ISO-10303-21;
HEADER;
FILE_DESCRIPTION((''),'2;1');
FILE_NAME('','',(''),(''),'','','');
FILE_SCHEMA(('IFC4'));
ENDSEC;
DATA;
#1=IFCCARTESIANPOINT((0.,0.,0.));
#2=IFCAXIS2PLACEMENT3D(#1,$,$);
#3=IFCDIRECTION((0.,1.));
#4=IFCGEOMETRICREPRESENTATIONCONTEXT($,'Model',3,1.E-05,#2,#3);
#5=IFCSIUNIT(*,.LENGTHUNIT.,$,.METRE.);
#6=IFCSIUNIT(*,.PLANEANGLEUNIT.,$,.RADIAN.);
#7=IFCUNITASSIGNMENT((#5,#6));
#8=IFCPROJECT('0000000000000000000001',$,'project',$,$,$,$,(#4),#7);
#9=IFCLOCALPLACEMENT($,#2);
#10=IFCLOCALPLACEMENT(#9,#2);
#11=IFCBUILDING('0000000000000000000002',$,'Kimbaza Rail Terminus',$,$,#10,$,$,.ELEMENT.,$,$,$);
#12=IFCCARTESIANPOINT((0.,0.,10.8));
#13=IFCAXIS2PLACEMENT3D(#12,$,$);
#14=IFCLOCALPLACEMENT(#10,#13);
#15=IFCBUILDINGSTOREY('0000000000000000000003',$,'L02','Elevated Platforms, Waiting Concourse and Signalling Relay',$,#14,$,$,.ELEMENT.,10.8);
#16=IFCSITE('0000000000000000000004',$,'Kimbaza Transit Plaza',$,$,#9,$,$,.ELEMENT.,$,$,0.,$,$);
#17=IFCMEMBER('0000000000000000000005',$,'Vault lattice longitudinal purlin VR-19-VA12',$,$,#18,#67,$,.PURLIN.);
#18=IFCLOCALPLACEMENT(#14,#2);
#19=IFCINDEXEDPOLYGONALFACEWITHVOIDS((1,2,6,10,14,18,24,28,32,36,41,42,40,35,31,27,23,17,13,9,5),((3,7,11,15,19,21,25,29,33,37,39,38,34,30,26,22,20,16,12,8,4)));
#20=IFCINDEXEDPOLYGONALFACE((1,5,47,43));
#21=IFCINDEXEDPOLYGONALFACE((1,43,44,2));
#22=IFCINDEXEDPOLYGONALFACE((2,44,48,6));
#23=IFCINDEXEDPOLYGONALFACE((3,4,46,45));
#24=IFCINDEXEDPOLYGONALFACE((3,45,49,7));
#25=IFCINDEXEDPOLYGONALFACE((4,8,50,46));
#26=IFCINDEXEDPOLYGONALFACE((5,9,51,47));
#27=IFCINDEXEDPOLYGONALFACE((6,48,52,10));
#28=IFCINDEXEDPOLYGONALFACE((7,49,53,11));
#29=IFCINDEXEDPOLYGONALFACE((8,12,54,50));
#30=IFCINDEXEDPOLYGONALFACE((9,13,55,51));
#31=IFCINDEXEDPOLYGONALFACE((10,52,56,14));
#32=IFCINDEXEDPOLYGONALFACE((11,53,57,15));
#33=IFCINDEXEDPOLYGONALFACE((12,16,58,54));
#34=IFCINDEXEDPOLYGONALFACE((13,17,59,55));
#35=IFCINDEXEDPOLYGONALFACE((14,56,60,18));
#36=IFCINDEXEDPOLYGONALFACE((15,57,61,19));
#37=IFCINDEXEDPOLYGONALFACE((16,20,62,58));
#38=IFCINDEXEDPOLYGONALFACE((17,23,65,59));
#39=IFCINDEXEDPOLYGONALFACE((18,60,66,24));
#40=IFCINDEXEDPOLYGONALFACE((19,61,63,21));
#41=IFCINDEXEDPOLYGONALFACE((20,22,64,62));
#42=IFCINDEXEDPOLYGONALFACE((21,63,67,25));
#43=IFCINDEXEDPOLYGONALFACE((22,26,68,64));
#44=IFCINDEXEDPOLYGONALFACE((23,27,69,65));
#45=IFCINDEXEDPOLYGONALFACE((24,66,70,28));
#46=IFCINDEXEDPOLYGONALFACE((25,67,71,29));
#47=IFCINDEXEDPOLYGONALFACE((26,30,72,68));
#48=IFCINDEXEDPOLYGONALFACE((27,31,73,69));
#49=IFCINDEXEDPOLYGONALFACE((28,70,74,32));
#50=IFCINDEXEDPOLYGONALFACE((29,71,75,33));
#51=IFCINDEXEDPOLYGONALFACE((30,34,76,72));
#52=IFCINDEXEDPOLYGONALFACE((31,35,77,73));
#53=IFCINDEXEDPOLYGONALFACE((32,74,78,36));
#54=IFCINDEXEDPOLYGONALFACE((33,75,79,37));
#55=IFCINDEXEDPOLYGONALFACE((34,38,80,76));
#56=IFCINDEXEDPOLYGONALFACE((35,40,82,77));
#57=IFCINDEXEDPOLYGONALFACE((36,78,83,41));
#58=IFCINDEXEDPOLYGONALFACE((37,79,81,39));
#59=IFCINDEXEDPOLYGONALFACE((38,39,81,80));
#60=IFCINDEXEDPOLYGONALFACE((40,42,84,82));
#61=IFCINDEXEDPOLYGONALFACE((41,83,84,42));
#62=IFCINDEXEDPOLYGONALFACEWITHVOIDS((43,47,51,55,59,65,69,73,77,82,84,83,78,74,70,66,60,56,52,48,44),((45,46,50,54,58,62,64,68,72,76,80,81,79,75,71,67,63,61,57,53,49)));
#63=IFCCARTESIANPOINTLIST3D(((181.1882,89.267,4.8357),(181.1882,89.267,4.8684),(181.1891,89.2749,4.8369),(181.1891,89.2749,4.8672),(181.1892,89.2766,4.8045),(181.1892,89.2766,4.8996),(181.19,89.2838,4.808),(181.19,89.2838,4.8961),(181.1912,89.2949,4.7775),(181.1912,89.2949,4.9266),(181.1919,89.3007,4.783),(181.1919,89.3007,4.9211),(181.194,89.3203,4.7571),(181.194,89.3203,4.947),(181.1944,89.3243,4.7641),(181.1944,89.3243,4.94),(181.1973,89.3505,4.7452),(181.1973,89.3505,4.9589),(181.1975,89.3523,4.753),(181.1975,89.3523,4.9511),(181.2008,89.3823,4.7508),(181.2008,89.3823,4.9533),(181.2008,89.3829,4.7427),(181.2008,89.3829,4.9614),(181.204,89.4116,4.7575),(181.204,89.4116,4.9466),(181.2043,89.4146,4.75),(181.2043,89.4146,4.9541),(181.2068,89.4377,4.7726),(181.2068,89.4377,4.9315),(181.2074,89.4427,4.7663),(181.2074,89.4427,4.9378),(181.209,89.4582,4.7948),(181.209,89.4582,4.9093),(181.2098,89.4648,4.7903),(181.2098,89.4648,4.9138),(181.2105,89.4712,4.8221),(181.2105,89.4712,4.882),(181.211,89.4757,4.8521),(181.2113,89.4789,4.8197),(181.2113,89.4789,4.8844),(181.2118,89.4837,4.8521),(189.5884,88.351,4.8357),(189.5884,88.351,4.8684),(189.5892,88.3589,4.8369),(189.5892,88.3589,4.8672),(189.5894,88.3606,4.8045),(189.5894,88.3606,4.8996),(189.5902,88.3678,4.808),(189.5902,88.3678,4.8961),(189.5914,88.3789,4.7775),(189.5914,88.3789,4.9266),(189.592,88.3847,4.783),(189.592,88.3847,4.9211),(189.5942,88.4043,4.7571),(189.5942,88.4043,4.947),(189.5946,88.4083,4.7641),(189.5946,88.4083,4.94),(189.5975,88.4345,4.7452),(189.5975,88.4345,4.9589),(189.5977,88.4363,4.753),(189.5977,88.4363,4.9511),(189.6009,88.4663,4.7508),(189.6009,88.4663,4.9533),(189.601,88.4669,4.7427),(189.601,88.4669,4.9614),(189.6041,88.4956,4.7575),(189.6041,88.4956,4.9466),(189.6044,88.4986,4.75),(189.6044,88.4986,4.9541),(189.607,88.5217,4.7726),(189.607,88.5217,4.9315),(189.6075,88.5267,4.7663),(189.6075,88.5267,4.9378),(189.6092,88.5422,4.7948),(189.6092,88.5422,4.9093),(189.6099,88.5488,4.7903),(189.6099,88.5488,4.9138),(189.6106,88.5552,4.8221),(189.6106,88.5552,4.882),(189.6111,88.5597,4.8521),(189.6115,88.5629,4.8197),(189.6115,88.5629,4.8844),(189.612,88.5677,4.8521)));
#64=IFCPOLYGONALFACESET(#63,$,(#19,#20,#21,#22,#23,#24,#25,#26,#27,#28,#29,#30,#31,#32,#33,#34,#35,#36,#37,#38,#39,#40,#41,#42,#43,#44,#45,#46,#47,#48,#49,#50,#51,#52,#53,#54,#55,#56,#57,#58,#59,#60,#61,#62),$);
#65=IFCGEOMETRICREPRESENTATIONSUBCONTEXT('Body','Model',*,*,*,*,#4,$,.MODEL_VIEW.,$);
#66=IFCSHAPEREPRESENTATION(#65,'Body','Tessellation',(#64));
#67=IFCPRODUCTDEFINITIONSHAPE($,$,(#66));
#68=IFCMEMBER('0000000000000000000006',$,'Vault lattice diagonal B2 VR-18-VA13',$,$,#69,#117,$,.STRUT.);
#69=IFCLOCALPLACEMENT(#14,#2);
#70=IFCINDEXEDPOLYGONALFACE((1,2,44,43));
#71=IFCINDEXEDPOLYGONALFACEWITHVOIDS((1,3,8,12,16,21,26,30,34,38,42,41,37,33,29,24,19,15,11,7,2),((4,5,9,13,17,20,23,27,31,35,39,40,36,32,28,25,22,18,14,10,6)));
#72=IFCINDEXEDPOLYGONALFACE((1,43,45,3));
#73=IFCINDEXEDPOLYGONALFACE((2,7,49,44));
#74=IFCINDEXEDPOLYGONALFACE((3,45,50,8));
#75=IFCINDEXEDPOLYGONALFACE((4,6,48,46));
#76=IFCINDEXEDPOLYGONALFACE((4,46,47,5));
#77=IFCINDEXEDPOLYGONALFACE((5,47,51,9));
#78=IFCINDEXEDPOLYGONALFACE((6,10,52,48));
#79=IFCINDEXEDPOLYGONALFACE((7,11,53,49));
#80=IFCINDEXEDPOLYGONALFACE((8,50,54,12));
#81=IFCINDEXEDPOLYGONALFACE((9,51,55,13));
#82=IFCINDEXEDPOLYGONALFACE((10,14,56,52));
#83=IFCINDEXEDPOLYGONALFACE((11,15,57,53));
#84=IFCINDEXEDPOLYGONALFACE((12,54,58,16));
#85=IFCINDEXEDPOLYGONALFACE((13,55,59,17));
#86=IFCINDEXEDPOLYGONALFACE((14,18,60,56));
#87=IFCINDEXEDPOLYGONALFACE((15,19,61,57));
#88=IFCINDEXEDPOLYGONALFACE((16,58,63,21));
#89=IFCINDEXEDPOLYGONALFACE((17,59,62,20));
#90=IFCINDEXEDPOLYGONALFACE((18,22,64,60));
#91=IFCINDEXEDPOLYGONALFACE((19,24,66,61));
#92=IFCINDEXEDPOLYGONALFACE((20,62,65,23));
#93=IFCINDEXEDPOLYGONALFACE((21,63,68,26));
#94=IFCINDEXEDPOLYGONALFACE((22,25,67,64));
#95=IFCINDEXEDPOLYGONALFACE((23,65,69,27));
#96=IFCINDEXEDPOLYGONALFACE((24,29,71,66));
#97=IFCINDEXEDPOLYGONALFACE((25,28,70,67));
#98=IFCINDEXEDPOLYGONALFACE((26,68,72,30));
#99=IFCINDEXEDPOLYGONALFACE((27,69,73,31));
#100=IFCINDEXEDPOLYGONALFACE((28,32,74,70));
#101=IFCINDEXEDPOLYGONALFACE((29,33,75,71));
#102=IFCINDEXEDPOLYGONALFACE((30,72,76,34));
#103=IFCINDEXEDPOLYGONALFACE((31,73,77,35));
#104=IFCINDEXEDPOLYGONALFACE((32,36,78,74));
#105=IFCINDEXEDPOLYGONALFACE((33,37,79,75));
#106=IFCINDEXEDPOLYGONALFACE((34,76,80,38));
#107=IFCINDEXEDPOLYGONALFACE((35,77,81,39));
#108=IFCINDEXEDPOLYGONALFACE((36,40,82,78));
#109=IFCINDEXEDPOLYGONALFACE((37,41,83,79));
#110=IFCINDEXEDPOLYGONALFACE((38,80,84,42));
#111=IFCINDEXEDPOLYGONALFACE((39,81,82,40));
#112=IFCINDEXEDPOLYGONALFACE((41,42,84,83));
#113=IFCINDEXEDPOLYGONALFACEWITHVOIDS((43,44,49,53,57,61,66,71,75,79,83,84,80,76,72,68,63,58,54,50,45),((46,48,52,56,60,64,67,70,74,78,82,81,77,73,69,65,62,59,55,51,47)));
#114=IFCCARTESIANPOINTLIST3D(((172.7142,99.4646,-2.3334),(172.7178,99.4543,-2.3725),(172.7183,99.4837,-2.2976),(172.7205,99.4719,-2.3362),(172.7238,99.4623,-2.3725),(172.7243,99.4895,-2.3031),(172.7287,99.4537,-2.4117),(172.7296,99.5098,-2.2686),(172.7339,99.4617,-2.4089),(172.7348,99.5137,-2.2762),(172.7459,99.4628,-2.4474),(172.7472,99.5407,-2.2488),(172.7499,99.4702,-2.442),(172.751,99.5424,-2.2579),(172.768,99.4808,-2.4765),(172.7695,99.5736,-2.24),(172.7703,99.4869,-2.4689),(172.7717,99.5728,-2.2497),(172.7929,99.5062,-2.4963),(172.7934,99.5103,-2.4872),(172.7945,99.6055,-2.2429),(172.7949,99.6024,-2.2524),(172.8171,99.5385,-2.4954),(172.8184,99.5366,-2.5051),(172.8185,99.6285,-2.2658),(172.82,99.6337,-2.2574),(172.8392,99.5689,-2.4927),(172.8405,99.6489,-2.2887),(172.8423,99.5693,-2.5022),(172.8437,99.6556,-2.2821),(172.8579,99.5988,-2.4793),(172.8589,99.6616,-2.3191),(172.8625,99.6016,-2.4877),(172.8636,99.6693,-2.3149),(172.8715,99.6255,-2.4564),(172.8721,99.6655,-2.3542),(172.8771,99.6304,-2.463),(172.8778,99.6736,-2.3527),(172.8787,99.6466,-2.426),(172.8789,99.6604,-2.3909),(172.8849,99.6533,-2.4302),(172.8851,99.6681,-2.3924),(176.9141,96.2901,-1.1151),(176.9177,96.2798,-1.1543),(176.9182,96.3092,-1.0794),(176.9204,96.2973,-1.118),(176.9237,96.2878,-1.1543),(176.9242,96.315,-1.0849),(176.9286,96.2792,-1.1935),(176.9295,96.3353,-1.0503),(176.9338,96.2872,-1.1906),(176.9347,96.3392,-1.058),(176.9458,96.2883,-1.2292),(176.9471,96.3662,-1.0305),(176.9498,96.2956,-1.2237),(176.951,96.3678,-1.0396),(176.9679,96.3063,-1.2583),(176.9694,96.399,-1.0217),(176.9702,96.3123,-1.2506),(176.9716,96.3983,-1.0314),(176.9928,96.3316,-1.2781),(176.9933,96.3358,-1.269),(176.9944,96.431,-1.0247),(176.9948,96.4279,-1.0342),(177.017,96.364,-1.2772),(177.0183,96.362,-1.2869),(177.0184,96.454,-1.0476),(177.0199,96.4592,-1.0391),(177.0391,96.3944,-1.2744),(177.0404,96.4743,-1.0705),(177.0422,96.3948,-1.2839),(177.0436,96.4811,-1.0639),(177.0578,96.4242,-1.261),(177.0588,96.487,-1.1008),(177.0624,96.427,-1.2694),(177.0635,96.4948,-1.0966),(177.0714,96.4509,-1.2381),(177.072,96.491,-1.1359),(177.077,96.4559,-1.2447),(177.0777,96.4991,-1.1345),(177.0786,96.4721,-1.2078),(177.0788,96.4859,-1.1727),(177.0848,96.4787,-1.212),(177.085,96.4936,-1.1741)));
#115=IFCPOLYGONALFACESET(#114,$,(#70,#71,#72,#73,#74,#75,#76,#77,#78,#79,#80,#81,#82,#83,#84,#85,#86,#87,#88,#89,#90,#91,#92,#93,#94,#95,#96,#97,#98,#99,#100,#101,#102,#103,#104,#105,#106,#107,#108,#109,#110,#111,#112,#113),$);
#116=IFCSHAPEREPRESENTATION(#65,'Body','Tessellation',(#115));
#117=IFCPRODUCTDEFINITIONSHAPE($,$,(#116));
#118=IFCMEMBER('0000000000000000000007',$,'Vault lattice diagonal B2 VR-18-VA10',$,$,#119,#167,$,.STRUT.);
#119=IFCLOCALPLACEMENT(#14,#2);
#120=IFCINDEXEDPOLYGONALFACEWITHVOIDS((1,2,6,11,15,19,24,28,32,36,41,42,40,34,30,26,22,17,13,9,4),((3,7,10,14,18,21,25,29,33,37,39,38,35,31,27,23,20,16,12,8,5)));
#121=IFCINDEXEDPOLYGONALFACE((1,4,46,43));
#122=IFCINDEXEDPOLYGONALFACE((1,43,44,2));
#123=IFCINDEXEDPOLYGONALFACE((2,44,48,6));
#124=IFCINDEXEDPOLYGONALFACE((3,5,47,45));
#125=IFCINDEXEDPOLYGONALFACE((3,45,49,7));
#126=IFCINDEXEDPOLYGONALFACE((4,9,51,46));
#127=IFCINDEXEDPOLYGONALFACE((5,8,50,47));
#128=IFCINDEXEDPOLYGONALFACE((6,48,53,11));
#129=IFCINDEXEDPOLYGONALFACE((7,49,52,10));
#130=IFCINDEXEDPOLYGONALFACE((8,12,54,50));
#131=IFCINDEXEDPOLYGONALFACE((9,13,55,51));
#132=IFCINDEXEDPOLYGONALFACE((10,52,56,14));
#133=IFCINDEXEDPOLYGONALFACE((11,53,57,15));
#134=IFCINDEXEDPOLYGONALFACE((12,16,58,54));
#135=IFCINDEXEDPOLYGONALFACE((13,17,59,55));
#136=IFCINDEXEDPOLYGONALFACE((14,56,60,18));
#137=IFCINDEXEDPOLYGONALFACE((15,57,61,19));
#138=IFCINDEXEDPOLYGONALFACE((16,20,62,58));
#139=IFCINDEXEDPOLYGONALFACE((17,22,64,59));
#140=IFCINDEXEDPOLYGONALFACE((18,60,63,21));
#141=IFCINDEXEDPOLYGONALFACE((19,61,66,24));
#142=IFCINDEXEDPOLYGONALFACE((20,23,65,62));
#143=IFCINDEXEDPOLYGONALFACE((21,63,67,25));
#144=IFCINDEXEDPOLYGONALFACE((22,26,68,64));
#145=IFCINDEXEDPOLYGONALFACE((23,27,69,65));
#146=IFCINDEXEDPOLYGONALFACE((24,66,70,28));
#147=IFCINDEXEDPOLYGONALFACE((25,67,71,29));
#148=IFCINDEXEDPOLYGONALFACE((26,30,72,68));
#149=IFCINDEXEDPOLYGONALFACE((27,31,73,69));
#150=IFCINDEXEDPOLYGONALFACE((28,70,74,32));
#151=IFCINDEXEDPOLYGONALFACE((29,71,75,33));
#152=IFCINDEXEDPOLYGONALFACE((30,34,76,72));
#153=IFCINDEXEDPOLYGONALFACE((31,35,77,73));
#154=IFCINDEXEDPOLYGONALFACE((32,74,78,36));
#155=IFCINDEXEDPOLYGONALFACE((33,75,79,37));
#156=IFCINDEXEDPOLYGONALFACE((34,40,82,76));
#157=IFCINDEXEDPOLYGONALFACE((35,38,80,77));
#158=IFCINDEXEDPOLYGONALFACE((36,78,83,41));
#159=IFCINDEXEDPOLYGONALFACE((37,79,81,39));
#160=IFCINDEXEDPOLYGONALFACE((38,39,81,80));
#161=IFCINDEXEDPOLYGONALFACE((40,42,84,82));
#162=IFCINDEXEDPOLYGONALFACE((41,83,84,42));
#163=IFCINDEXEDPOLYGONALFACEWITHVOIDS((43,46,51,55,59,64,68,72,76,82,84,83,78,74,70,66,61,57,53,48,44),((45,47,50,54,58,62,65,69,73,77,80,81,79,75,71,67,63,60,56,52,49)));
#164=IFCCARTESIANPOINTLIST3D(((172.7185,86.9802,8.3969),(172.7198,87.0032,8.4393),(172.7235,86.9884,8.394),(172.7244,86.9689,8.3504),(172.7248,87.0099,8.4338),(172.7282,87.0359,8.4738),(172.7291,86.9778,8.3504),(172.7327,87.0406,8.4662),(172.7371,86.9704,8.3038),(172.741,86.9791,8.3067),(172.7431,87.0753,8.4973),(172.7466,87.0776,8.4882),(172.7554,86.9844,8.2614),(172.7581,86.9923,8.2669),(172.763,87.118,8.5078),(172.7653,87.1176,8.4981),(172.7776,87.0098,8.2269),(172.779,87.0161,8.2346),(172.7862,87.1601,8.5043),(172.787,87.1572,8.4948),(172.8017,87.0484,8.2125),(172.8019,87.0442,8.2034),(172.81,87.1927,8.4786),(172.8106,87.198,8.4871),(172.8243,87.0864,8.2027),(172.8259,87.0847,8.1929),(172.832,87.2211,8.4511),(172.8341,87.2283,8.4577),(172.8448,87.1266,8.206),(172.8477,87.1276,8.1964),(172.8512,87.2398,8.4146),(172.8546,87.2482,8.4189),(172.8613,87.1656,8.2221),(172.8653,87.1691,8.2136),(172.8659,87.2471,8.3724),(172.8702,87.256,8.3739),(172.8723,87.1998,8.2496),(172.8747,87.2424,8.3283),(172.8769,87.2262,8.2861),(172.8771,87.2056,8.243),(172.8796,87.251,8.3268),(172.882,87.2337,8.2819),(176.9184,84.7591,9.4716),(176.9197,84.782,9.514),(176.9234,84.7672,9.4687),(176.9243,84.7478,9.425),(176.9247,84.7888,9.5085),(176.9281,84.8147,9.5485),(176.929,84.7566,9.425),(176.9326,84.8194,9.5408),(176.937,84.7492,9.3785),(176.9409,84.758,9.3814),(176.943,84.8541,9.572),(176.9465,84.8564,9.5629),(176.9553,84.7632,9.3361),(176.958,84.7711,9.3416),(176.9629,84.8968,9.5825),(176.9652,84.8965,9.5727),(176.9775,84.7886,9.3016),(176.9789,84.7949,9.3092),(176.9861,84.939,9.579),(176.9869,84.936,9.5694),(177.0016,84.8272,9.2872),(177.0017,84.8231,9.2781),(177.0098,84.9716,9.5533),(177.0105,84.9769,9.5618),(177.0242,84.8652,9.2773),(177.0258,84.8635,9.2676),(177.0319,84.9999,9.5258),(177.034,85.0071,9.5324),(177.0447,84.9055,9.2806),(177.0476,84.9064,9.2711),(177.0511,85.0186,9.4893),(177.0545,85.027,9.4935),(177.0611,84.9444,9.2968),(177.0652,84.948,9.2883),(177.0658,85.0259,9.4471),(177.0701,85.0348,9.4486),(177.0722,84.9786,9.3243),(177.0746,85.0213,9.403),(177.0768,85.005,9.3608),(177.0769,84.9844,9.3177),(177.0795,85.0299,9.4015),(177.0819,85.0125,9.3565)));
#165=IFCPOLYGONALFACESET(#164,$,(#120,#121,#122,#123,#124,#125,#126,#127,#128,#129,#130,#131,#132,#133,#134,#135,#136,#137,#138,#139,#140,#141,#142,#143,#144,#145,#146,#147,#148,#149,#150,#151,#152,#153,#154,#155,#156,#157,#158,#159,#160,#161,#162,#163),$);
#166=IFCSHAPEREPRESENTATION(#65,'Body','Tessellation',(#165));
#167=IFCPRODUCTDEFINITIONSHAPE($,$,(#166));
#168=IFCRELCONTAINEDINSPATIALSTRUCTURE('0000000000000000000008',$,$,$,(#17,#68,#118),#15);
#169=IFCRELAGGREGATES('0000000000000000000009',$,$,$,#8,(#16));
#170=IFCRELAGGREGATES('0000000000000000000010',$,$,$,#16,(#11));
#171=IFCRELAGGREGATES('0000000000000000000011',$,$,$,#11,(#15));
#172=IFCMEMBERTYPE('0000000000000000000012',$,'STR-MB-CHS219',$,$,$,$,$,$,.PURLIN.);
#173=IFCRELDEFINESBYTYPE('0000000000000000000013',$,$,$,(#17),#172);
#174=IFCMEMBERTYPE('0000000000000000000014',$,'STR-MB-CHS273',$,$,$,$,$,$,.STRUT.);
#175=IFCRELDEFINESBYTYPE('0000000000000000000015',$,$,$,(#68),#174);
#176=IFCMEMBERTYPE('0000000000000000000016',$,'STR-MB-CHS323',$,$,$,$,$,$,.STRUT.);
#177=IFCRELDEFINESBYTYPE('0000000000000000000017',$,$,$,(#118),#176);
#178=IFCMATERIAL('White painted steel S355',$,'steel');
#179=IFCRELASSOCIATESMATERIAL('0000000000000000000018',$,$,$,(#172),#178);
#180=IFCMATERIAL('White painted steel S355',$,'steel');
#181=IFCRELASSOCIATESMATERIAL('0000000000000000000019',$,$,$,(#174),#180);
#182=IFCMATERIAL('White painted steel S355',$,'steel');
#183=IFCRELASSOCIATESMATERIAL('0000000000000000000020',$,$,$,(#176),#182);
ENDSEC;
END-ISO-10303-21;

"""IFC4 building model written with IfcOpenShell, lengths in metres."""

from ifc_helpers import new_model, si_unit, direction, frame, origin, origin_2d, place, context, subcontext, project, spatial, hollow_circle, extrude, material, material_profile, profile_set, type_object, element, save


model = new_model("IFC4")

# Units and contexts
model_context = context("Model", 3, precision=1e-05, world=origin(), true_north=direction((0.0, 1.0)))
body_context = subcontext(model_context, "Body", "Model", "MODEL_VIEW")
ifc_project = project(units=[si_unit("LENGTHUNIT", "METRE"), si_unit("PLANEANGLEUNIT", "RADIAN")], contexts=[model_context])

# Site, building, storey
site_placement = place(None, origin())
site = spatial("IfcSite", under=ifc_project, at=site_placement, Name="Kimbaza Transit Plaza", CompositionType="ELEMENT", RefElevation=0.0)
building_placement = place(site_placement, origin())
building = spatial("IfcBuilding", under=site, at=building_placement, Name="Kimbaza Rail Terminus", CompositionType="ELEMENT")
storey_placement = place(building_placement, frame((0.0, 0.0, 10.8)))
storey = spatial("IfcBuildingStorey", under=building, at=storey_placement, Name="L02", Description="Elevated Platforms, Waiting Concourse and Signalling Relay", CompositionType="ELEMENT", Elevation=10.8)

# Members
ifc_material_1 = material(Name="White painted steel S355", Category="steel")
ifc_material_profile_1 = material_profile(ifc_material_1, hollow_circle(Radius=0.1096, WallThickness=0.0081, at=origin_2d()), Name="CHS 219.1x8")
ifc_profile_set_1 = profile_set([ifc_material_profile_1], Name="White painted steel S355")
member_type_1 = type_object("IfcMemberType", Name="STR-MB-CHS219", PredefinedType="PURLIN", material=ifc_profile_set_1)
for number, where, z_axis, x_axis, name in (
    (1, (181.2, 89.3748, 4.8521), (0.994107, -0.108405, 0.0), (0.108405, 0.994107, 0.0), "Vault lattice longitudinal purlin VR-19-VA12"),
):
    element("IfcMember", number, at=place(storey_placement, frame(where, z_axis=z_axis, x_axis=x_axis)), inside=storey, type_object=member_type_1, Name=name, PredefinedType="PURLIN", context=body_context, shape_type="SweptSolid", body=[
        extrude(hollow_circle(Radius=0.1096, WallThickness=0.0081, at=origin_2d()), origin(), (0.0, 0.0, 1.0), 8.45),
    ])
ifc_material_2 = material(Name="White painted steel S355", Category="steel")
ifc_material_profile_2 = material_profile(ifc_material_2, hollow_circle(Radius=0.1365, WallThickness=0.01, at=origin_2d()), Name="CHS 273x10")
ifc_profile_set_2 = profile_set([ifc_material_profile_2], Name="White painted steel S355")
member_type_2 = type_object("IfcMemberType", Name="STR-MB-CHS273", PredefinedType="STRUT", material=ifc_profile_set_2)
member_1_placement = place(storey_placement, frame((177.0, 96.3887, -1.1543), z_axis=(-0.777215, 0.587463, -0.225443), x_axis=(-0.602986, -0.797752, 0.0)))
element("IfcMember", 2, at=member_1_placement, inside=storey, type_object=member_type_2, Name="Vault lattice diagonal B2 VR-18-VA13", PredefinedType="STRUT", context=body_context, shape_type="SweptSolid", body=[
    extrude(hollow_circle(Radius=0.1365, WallThickness=0.01, at=origin_2d()), origin(), (0.0, 0.0, 1.0), 5.4038),
])
ifc_material_3 = material(Name="White painted steel S355", Category="steel")
ifc_material_profile_3 = material_profile(ifc_material_3, hollow_circle(Radius=0.1619, WallThickness=0.01, at=origin_2d()), Name="CHS 323.9x10")
ifc_profile_set_3 = profile_set([ifc_material_profile_3], Name="White painted steel S355")
member_type_3 = type_object("IfcMemberType", Name="STR-MB-CHS323", PredefinedType="STRUT", material=ifc_profile_set_3)
member_2_placement = place(storey_placement, frame((177.0, 84.8909, 9.425), z_axis=(-0.862206, 0.455987, -0.220626), x_axis=(-0.467508, -0.883989, 0.0)))
element("IfcMember", 3, at=member_2_placement, inside=storey, type_object=member_type_3, Name="Vault lattice diagonal B2 VR-18-VA10", PredefinedType="STRUT", context=body_context, shape_type="SweptSolid", body=[
    extrude(hollow_circle(Radius=0.1619, WallThickness=0.01, at=origin_2d()), origin(), (0.0, 0.0, 1.0), 4.8711),
])

save(model, "model.ifc")
